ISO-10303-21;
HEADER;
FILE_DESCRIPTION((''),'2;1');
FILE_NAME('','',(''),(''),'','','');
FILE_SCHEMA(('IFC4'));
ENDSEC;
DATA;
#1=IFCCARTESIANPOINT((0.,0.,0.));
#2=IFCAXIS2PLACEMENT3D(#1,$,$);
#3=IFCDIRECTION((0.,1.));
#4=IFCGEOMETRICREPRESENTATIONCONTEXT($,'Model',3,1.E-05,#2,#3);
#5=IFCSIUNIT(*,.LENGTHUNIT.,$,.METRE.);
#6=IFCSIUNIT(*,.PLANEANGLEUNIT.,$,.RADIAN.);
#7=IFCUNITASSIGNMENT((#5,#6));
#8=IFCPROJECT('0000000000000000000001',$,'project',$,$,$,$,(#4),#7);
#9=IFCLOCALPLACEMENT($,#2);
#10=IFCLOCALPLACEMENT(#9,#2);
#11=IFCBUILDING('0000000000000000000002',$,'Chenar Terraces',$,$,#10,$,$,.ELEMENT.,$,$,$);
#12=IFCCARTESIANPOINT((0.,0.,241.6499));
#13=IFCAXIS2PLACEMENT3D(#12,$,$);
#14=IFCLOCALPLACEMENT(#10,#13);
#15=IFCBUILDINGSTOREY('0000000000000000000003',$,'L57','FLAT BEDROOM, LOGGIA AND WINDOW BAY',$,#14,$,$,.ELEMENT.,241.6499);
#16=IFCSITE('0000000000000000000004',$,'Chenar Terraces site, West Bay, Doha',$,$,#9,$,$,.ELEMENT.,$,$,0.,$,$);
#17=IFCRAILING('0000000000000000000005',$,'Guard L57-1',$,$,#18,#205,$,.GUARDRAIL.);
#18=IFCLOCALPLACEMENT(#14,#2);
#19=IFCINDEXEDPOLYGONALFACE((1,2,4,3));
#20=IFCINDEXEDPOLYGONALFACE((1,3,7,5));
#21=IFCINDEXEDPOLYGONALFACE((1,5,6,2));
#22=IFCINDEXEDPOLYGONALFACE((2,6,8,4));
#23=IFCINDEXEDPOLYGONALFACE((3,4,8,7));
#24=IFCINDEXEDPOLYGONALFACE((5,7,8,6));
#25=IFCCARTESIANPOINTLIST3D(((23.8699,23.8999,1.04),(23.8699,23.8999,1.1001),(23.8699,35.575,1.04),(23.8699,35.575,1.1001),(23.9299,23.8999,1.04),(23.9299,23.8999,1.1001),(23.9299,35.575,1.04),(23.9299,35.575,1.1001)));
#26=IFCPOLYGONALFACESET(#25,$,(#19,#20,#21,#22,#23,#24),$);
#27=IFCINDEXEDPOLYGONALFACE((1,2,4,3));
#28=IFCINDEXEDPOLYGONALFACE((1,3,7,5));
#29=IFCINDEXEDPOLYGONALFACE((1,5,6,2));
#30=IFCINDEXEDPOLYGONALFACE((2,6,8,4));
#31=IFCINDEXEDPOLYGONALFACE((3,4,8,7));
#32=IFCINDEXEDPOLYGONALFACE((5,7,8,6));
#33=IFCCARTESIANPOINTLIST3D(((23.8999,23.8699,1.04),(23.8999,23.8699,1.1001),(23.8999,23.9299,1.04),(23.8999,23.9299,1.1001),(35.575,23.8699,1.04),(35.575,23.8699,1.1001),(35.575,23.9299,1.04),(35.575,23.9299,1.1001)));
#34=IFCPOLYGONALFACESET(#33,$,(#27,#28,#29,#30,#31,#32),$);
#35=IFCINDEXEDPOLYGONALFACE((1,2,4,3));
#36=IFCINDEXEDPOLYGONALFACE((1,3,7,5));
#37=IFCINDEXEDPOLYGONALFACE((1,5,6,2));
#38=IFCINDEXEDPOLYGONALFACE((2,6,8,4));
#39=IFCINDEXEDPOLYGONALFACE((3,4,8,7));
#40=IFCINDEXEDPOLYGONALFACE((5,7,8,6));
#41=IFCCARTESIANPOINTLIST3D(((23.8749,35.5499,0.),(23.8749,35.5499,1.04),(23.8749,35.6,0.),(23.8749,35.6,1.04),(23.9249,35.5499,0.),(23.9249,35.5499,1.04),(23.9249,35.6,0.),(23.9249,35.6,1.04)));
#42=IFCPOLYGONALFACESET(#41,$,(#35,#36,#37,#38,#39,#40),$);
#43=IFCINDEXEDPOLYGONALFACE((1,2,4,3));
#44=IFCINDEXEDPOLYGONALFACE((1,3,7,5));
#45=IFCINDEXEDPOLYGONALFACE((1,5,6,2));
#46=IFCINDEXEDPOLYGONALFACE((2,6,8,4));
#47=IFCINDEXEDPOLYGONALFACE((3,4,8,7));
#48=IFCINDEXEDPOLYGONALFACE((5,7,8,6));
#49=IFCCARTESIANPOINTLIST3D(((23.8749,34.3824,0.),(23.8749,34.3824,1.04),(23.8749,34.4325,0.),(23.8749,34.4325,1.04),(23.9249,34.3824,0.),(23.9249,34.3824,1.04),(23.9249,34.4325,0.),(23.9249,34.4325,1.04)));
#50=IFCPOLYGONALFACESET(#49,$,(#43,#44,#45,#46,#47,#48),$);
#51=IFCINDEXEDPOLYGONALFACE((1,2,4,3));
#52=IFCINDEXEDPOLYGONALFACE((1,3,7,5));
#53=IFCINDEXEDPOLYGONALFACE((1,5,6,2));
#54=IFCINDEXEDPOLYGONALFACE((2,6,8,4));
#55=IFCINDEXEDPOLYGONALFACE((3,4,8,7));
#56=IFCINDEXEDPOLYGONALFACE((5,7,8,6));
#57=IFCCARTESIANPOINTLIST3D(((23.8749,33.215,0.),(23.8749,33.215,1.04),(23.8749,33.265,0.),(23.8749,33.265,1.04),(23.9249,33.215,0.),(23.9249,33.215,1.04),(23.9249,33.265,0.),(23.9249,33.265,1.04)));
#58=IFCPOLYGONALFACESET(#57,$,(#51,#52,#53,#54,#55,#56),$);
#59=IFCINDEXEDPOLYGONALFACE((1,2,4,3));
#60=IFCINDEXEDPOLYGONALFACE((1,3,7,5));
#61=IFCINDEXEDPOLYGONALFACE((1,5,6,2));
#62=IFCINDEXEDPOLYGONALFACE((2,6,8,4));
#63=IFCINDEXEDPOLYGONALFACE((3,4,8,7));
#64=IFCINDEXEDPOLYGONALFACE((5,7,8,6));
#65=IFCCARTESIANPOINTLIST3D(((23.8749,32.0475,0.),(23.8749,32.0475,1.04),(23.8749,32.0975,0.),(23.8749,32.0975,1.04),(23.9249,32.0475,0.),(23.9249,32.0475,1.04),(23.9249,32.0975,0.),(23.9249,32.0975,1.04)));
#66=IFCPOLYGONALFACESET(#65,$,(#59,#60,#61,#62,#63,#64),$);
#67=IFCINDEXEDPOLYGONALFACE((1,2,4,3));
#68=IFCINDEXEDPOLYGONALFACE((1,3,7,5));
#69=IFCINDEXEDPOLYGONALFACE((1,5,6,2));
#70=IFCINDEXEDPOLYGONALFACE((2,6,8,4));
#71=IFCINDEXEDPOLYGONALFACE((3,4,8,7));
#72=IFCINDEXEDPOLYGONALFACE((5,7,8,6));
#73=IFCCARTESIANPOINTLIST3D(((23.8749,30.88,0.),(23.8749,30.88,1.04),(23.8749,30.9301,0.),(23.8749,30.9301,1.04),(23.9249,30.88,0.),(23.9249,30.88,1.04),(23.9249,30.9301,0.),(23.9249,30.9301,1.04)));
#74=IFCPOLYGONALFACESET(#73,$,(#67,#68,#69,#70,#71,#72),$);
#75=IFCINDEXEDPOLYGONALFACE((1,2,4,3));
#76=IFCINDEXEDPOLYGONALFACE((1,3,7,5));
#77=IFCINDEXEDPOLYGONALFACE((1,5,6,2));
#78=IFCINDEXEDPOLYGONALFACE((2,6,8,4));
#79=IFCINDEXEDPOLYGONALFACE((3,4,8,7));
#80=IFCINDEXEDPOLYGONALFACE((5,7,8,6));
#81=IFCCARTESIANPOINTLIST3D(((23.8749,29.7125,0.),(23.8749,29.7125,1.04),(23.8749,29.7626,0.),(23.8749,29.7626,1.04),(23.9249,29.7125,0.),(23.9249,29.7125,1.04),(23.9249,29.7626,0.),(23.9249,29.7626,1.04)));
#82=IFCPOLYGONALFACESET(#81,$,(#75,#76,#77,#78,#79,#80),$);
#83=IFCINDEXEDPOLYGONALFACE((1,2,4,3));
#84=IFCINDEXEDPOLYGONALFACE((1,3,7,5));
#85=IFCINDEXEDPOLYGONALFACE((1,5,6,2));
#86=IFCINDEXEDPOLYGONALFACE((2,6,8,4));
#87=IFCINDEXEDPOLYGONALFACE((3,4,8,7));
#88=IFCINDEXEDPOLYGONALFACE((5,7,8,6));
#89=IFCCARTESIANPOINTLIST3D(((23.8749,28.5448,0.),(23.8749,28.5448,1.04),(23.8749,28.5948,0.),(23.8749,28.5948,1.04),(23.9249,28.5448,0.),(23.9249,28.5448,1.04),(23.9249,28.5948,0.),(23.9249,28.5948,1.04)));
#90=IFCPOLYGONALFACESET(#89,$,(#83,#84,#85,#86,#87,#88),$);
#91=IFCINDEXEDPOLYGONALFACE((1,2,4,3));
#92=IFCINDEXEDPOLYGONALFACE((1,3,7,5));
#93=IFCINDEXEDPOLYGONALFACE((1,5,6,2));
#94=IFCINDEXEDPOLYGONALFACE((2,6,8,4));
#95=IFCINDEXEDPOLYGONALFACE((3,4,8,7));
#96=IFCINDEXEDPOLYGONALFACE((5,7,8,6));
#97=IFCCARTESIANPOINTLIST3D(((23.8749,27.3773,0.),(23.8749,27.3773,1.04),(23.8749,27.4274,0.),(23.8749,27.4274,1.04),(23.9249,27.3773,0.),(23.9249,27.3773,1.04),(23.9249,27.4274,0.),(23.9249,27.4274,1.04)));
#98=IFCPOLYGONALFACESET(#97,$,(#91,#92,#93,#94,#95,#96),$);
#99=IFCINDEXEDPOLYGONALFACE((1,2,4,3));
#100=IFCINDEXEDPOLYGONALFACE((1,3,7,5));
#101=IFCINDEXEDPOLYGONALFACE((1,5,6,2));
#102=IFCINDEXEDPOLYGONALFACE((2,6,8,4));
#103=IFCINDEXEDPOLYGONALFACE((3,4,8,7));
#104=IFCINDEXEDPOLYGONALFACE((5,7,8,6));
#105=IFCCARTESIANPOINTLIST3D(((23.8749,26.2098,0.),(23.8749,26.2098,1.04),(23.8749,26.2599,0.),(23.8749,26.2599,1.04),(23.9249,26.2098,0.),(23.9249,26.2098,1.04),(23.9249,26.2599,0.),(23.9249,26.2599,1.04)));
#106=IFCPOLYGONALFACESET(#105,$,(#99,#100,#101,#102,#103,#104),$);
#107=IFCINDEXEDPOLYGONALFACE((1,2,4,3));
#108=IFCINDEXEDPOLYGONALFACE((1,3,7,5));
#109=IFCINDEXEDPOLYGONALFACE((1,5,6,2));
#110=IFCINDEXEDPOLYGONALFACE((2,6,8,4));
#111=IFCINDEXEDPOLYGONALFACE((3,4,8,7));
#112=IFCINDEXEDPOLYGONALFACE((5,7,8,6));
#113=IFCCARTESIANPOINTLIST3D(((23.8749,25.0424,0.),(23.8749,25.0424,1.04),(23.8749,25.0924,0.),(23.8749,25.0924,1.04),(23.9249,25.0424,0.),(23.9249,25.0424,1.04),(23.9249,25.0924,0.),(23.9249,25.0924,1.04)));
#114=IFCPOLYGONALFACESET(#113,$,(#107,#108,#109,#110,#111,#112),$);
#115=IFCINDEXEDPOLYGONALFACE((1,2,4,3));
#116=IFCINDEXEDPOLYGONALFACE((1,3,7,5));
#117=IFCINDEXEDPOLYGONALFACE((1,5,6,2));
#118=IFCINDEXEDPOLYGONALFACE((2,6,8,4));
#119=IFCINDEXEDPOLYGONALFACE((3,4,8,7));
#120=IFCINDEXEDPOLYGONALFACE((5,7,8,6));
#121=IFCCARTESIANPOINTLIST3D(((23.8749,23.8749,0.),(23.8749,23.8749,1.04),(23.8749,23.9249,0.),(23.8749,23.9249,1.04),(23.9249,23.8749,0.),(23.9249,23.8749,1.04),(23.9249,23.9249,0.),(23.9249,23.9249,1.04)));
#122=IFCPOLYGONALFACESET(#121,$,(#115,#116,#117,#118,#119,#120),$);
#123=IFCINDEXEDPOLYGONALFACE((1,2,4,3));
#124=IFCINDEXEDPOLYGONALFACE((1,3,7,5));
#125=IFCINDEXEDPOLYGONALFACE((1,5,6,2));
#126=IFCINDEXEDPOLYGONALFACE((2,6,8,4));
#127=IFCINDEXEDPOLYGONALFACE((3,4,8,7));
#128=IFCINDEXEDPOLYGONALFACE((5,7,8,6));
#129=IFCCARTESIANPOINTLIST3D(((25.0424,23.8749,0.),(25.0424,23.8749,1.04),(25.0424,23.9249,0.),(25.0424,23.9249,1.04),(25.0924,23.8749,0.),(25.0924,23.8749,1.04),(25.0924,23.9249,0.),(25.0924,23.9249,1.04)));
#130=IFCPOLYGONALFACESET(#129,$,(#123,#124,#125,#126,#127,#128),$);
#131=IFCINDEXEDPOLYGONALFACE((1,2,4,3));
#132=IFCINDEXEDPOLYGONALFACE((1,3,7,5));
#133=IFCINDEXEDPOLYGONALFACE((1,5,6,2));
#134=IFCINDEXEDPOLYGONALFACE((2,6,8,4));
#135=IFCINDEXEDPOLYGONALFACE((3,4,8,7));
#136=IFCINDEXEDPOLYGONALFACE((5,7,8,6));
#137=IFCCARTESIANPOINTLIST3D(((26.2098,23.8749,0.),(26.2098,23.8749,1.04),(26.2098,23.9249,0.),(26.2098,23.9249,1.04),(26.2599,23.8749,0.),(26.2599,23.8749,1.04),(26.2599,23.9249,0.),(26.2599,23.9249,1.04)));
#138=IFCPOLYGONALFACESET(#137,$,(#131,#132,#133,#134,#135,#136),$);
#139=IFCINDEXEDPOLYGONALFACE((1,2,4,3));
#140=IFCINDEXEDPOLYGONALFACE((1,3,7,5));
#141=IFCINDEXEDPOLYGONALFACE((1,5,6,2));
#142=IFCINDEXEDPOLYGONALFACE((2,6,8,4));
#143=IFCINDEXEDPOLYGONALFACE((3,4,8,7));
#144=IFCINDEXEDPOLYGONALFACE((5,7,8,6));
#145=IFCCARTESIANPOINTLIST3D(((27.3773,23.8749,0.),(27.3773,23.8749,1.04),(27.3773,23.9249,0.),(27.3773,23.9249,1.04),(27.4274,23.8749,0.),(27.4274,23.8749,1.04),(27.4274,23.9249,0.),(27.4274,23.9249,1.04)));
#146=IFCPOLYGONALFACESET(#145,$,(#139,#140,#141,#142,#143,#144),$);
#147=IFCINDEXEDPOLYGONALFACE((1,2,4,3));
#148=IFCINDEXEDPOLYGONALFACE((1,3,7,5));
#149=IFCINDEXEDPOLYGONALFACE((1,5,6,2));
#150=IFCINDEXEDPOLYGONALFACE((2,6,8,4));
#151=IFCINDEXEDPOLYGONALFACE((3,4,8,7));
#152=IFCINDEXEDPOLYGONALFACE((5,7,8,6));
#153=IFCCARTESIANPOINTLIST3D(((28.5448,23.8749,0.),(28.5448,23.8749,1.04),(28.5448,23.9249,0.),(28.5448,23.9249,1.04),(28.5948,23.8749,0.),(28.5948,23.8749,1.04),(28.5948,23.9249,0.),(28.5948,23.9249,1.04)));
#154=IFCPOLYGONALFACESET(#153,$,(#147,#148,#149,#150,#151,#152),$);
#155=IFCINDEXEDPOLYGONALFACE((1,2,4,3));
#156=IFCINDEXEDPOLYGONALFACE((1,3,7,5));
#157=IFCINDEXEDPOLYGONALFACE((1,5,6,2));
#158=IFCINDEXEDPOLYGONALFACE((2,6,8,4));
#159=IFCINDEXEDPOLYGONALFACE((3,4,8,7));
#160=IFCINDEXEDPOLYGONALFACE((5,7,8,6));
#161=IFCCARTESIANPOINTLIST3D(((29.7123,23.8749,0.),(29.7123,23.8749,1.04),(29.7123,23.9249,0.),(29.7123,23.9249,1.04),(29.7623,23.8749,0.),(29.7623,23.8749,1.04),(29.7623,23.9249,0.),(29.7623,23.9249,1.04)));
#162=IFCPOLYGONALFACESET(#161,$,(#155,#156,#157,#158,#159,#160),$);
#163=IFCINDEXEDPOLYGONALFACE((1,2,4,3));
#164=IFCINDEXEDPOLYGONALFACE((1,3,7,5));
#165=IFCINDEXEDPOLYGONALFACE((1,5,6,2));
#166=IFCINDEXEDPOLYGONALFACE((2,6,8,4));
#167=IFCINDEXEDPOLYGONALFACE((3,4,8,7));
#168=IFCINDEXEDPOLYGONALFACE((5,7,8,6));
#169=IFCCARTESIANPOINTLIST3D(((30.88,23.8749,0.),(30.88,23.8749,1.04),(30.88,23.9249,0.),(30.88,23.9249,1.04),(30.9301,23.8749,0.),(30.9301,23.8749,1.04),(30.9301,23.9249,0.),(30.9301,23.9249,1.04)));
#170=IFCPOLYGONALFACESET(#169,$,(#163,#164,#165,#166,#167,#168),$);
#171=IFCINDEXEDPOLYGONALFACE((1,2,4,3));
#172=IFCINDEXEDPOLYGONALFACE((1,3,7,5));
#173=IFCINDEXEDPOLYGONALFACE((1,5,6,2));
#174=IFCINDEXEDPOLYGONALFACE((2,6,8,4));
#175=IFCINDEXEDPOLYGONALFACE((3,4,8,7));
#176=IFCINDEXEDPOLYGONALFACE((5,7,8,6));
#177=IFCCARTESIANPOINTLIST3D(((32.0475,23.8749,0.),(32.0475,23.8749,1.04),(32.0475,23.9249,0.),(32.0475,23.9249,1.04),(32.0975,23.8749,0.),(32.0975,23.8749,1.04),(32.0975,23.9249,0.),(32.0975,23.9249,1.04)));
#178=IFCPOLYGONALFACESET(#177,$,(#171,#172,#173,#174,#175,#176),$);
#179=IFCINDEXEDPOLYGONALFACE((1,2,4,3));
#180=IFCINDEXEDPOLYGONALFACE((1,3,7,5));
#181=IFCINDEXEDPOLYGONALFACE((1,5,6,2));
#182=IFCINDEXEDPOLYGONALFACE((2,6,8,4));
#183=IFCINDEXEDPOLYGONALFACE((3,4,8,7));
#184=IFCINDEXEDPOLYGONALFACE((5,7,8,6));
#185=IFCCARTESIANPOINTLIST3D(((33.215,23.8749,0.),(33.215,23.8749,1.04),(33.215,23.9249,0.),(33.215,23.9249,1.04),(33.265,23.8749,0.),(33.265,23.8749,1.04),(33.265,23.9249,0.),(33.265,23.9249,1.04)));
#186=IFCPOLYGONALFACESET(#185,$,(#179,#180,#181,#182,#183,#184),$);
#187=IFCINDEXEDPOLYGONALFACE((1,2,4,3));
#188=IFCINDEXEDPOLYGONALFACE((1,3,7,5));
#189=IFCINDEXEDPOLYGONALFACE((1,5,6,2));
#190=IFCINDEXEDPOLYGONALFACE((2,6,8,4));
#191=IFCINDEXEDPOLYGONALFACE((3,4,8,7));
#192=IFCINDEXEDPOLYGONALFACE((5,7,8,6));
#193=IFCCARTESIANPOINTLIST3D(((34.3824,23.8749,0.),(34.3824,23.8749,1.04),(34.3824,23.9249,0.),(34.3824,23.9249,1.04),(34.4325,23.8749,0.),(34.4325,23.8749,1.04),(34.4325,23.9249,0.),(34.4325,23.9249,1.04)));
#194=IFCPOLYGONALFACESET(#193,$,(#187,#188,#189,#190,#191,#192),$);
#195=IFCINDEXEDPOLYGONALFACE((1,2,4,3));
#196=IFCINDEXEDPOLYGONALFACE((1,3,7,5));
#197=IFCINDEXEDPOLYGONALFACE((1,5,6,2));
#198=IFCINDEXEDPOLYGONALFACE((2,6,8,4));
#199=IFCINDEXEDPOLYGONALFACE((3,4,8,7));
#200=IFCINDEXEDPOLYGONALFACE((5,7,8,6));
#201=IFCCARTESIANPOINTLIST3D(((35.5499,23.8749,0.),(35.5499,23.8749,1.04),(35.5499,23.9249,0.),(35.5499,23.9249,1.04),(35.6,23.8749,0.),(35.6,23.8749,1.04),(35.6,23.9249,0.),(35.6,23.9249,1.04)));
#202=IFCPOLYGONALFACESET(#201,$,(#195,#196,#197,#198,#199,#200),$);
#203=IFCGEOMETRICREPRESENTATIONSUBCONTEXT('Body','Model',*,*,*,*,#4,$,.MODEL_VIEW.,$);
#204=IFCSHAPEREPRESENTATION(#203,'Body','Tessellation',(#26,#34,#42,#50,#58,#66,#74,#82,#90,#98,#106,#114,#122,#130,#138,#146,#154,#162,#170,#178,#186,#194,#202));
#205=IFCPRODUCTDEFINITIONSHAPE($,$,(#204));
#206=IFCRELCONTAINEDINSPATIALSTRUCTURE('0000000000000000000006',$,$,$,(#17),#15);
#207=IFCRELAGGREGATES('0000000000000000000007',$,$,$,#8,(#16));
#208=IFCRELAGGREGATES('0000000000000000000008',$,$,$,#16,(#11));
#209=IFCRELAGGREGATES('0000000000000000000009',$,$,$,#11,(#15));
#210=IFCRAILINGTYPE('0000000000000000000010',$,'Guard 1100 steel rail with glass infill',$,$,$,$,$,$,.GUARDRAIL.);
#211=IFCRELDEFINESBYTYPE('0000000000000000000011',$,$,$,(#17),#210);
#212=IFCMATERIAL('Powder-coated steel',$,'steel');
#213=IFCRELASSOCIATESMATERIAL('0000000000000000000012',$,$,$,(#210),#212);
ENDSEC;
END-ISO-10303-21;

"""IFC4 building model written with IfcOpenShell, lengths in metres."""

from ifc_helpers import new_model, si_unit, direction, frame, origin, origin_2d, place, context, subcontext, project, spatial, rectangle, extrude, material, type_object, element, save


model = new_model("IFC4")

# Units and contexts
model_context = context("Model", 3, precision=1e-05, world=origin(), true_north=direction((0.0, 1.0)))
body_context = subcontext(model_context, "Body", "Model", "MODEL_VIEW")
ifc_project = project(units=[si_unit("LENGTHUNIT", "METRE"), si_unit("PLANEANGLEUNIT", "RADIAN")], contexts=[model_context])

# Site, building, storey
site_placement = place(None, origin())
site = spatial("IfcSite", under=ifc_project, at=site_placement, Name="Chenar Terraces site, West Bay, Doha", CompositionType="ELEMENT", RefElevation=0.0)
building_placement = place(site_placement, origin())
building = spatial("IfcBuilding", under=site, at=building_placement, Name="Chenar Terraces", CompositionType="ELEMENT")
storey_placement = place(building_placement, frame((0.0, 0.0, 241.6499)))
storey = spatial("IfcBuildingStorey", under=building, at=storey_placement, Name="L57", Description="FLAT BEDROOM, LOGGIA AND WINDOW BAY", CompositionType="ELEMENT", Elevation=241.6499)

# Railing
ifc_material_1 = material(Name="Powder-coated steel", Category="steel")
railing_type = type_object("IfcRailingType", Name="Guard 1100 steel rail with glass infill", PredefinedType="GUARDRAIL", material=ifc_material_1)
railing_placement = place(storey_placement, frame((23.8999, 35.575, 0.0)))
element("IfcRailing", 1, at=railing_placement, inside=storey, type_object=railing_type, Name="Guard L57-1", PredefinedType="GUARDRAIL", context=body_context, shape_type="SweptSolid", body=[
    extrude(rectangle(XDim=0.0601, YDim=0.0601, at=origin_2d()), frame((0.0, 0.0, 1.0701), z_axis=(0.0, -1.0, 0.0), x_axis=(1.0, 0.0, 0.0)), (0.0, 0.0, 1.0), 11.675),
    extrude(rectangle(XDim=0.0601, YDim=0.0601, at=origin_2d()), frame((0.0, -11.675, 1.0701), z_axis=(1.0, 0.0, 0.0), x_axis=(0.0, 1.0, 0.0)), (0.0, 0.0, 1.0), 11.675),
    extrude(rectangle(XDim=0.05, YDim=0.05, at=origin_2d()), origin(), (0.0, 0.0, 1.0), 1.04),
    extrude(rectangle(XDim=0.05, YDim=0.05, at=origin_2d()), frame((0.0, -1.1675, 0.0)), (0.0, 0.0, 1.0), 1.04),
    extrude(rectangle(XDim=0.05, YDim=0.05, at=origin_2d()), frame((0.0, -2.335, 0.0)), (0.0, 0.0, 1.0), 1.04),
    extrude(rectangle(XDim=0.05, YDim=0.05, at=origin_2d()), frame((0.0, -3.5024, 0.0)), (0.0, 0.0, 1.0), 1.04),
    extrude(rectangle(XDim=0.05, YDim=0.05, at=origin_2d()), frame((0.0, -4.6699, 0.0)), (0.0, 0.0, 1.0), 1.04),
    extrude(rectangle(XDim=0.05, YDim=0.05, at=origin_2d()), frame((0.0, -5.8374, 0.0)), (0.0, 0.0, 1.0), 1.04),
    extrude(rectangle(XDim=0.05, YDim=0.05, at=origin_2d()), frame((0.0, -7.0051, 0.0)), (0.0, 0.0, 1.0), 1.04),
    extrude(rectangle(XDim=0.05, YDim=0.05, at=origin_2d()), frame((0.0, -8.1726, 0.0)), (0.0, 0.0, 1.0), 1.04),
    extrude(rectangle(XDim=0.05, YDim=0.05, at=origin_2d()), frame((0.0, -9.3401, 0.0)), (0.0, 0.0, 1.0), 1.04),
    extrude(rectangle(XDim=0.05, YDim=0.05, at=origin_2d()), frame((0.0, -10.5076, 0.0)), (0.0, 0.0, 1.0), 1.04),
    extrude(rectangle(XDim=0.05, YDim=0.05, at=origin_2d()), frame((0.0, -11.675, 0.0)), (0.0, 0.0, 1.0), 1.04),
    extrude(rectangle(XDim=0.05, YDim=0.05, at=origin_2d()), frame((1.1675, -11.675, 0.0)), (0.0, 0.0, 1.0), 1.04),
    extrude(rectangle(XDim=0.05, YDim=0.05, at=origin_2d()), frame((2.335, -11.675, 0.0)), (0.0, 0.0, 1.0), 1.04),
    extrude(rectangle(XDim=0.05, YDim=0.05, at=origin_2d()), frame((3.5024, -11.675, 0.0)), (0.0, 0.0, 1.0), 1.04),
    extrude(rectangle(XDim=0.05, YDim=0.05, at=origin_2d()), frame((4.6699, -11.675, 0.0)), (0.0, 0.0, 1.0), 1.04),
    extrude(rectangle(XDim=0.05, YDim=0.05, at=origin_2d()), frame((5.8374, -11.675, 0.0)), (0.0, 0.0, 1.0), 1.04),
    extrude(rectangle(XDim=0.05, YDim=0.05, at=origin_2d()), frame((7.0051, -11.675, 0.0)), (0.0, 0.0, 1.0), 1.04),
    extrude(rectangle(XDim=0.05, YDim=0.05, at=origin_2d()), frame((8.1726, -11.675, 0.0)), (0.0, 0.0, 1.0), 1.04),
    extrude(rectangle(XDim=0.05, YDim=0.05, at=origin_2d()), frame((9.3401, -11.675, 0.0)), (0.0, 0.0, 1.0), 1.04),
    extrude(rectangle(XDim=0.05, YDim=0.05, at=origin_2d()), frame((10.5076, -11.675, 0.0)), (0.0, 0.0, 1.0), 1.04),
    extrude(rectangle(XDim=0.05, YDim=0.05, at=origin_2d()), frame((11.675, -11.675, 0.0)), (0.0, 0.0, 1.0), 1.04),
])

save(model, "model.ifc")
